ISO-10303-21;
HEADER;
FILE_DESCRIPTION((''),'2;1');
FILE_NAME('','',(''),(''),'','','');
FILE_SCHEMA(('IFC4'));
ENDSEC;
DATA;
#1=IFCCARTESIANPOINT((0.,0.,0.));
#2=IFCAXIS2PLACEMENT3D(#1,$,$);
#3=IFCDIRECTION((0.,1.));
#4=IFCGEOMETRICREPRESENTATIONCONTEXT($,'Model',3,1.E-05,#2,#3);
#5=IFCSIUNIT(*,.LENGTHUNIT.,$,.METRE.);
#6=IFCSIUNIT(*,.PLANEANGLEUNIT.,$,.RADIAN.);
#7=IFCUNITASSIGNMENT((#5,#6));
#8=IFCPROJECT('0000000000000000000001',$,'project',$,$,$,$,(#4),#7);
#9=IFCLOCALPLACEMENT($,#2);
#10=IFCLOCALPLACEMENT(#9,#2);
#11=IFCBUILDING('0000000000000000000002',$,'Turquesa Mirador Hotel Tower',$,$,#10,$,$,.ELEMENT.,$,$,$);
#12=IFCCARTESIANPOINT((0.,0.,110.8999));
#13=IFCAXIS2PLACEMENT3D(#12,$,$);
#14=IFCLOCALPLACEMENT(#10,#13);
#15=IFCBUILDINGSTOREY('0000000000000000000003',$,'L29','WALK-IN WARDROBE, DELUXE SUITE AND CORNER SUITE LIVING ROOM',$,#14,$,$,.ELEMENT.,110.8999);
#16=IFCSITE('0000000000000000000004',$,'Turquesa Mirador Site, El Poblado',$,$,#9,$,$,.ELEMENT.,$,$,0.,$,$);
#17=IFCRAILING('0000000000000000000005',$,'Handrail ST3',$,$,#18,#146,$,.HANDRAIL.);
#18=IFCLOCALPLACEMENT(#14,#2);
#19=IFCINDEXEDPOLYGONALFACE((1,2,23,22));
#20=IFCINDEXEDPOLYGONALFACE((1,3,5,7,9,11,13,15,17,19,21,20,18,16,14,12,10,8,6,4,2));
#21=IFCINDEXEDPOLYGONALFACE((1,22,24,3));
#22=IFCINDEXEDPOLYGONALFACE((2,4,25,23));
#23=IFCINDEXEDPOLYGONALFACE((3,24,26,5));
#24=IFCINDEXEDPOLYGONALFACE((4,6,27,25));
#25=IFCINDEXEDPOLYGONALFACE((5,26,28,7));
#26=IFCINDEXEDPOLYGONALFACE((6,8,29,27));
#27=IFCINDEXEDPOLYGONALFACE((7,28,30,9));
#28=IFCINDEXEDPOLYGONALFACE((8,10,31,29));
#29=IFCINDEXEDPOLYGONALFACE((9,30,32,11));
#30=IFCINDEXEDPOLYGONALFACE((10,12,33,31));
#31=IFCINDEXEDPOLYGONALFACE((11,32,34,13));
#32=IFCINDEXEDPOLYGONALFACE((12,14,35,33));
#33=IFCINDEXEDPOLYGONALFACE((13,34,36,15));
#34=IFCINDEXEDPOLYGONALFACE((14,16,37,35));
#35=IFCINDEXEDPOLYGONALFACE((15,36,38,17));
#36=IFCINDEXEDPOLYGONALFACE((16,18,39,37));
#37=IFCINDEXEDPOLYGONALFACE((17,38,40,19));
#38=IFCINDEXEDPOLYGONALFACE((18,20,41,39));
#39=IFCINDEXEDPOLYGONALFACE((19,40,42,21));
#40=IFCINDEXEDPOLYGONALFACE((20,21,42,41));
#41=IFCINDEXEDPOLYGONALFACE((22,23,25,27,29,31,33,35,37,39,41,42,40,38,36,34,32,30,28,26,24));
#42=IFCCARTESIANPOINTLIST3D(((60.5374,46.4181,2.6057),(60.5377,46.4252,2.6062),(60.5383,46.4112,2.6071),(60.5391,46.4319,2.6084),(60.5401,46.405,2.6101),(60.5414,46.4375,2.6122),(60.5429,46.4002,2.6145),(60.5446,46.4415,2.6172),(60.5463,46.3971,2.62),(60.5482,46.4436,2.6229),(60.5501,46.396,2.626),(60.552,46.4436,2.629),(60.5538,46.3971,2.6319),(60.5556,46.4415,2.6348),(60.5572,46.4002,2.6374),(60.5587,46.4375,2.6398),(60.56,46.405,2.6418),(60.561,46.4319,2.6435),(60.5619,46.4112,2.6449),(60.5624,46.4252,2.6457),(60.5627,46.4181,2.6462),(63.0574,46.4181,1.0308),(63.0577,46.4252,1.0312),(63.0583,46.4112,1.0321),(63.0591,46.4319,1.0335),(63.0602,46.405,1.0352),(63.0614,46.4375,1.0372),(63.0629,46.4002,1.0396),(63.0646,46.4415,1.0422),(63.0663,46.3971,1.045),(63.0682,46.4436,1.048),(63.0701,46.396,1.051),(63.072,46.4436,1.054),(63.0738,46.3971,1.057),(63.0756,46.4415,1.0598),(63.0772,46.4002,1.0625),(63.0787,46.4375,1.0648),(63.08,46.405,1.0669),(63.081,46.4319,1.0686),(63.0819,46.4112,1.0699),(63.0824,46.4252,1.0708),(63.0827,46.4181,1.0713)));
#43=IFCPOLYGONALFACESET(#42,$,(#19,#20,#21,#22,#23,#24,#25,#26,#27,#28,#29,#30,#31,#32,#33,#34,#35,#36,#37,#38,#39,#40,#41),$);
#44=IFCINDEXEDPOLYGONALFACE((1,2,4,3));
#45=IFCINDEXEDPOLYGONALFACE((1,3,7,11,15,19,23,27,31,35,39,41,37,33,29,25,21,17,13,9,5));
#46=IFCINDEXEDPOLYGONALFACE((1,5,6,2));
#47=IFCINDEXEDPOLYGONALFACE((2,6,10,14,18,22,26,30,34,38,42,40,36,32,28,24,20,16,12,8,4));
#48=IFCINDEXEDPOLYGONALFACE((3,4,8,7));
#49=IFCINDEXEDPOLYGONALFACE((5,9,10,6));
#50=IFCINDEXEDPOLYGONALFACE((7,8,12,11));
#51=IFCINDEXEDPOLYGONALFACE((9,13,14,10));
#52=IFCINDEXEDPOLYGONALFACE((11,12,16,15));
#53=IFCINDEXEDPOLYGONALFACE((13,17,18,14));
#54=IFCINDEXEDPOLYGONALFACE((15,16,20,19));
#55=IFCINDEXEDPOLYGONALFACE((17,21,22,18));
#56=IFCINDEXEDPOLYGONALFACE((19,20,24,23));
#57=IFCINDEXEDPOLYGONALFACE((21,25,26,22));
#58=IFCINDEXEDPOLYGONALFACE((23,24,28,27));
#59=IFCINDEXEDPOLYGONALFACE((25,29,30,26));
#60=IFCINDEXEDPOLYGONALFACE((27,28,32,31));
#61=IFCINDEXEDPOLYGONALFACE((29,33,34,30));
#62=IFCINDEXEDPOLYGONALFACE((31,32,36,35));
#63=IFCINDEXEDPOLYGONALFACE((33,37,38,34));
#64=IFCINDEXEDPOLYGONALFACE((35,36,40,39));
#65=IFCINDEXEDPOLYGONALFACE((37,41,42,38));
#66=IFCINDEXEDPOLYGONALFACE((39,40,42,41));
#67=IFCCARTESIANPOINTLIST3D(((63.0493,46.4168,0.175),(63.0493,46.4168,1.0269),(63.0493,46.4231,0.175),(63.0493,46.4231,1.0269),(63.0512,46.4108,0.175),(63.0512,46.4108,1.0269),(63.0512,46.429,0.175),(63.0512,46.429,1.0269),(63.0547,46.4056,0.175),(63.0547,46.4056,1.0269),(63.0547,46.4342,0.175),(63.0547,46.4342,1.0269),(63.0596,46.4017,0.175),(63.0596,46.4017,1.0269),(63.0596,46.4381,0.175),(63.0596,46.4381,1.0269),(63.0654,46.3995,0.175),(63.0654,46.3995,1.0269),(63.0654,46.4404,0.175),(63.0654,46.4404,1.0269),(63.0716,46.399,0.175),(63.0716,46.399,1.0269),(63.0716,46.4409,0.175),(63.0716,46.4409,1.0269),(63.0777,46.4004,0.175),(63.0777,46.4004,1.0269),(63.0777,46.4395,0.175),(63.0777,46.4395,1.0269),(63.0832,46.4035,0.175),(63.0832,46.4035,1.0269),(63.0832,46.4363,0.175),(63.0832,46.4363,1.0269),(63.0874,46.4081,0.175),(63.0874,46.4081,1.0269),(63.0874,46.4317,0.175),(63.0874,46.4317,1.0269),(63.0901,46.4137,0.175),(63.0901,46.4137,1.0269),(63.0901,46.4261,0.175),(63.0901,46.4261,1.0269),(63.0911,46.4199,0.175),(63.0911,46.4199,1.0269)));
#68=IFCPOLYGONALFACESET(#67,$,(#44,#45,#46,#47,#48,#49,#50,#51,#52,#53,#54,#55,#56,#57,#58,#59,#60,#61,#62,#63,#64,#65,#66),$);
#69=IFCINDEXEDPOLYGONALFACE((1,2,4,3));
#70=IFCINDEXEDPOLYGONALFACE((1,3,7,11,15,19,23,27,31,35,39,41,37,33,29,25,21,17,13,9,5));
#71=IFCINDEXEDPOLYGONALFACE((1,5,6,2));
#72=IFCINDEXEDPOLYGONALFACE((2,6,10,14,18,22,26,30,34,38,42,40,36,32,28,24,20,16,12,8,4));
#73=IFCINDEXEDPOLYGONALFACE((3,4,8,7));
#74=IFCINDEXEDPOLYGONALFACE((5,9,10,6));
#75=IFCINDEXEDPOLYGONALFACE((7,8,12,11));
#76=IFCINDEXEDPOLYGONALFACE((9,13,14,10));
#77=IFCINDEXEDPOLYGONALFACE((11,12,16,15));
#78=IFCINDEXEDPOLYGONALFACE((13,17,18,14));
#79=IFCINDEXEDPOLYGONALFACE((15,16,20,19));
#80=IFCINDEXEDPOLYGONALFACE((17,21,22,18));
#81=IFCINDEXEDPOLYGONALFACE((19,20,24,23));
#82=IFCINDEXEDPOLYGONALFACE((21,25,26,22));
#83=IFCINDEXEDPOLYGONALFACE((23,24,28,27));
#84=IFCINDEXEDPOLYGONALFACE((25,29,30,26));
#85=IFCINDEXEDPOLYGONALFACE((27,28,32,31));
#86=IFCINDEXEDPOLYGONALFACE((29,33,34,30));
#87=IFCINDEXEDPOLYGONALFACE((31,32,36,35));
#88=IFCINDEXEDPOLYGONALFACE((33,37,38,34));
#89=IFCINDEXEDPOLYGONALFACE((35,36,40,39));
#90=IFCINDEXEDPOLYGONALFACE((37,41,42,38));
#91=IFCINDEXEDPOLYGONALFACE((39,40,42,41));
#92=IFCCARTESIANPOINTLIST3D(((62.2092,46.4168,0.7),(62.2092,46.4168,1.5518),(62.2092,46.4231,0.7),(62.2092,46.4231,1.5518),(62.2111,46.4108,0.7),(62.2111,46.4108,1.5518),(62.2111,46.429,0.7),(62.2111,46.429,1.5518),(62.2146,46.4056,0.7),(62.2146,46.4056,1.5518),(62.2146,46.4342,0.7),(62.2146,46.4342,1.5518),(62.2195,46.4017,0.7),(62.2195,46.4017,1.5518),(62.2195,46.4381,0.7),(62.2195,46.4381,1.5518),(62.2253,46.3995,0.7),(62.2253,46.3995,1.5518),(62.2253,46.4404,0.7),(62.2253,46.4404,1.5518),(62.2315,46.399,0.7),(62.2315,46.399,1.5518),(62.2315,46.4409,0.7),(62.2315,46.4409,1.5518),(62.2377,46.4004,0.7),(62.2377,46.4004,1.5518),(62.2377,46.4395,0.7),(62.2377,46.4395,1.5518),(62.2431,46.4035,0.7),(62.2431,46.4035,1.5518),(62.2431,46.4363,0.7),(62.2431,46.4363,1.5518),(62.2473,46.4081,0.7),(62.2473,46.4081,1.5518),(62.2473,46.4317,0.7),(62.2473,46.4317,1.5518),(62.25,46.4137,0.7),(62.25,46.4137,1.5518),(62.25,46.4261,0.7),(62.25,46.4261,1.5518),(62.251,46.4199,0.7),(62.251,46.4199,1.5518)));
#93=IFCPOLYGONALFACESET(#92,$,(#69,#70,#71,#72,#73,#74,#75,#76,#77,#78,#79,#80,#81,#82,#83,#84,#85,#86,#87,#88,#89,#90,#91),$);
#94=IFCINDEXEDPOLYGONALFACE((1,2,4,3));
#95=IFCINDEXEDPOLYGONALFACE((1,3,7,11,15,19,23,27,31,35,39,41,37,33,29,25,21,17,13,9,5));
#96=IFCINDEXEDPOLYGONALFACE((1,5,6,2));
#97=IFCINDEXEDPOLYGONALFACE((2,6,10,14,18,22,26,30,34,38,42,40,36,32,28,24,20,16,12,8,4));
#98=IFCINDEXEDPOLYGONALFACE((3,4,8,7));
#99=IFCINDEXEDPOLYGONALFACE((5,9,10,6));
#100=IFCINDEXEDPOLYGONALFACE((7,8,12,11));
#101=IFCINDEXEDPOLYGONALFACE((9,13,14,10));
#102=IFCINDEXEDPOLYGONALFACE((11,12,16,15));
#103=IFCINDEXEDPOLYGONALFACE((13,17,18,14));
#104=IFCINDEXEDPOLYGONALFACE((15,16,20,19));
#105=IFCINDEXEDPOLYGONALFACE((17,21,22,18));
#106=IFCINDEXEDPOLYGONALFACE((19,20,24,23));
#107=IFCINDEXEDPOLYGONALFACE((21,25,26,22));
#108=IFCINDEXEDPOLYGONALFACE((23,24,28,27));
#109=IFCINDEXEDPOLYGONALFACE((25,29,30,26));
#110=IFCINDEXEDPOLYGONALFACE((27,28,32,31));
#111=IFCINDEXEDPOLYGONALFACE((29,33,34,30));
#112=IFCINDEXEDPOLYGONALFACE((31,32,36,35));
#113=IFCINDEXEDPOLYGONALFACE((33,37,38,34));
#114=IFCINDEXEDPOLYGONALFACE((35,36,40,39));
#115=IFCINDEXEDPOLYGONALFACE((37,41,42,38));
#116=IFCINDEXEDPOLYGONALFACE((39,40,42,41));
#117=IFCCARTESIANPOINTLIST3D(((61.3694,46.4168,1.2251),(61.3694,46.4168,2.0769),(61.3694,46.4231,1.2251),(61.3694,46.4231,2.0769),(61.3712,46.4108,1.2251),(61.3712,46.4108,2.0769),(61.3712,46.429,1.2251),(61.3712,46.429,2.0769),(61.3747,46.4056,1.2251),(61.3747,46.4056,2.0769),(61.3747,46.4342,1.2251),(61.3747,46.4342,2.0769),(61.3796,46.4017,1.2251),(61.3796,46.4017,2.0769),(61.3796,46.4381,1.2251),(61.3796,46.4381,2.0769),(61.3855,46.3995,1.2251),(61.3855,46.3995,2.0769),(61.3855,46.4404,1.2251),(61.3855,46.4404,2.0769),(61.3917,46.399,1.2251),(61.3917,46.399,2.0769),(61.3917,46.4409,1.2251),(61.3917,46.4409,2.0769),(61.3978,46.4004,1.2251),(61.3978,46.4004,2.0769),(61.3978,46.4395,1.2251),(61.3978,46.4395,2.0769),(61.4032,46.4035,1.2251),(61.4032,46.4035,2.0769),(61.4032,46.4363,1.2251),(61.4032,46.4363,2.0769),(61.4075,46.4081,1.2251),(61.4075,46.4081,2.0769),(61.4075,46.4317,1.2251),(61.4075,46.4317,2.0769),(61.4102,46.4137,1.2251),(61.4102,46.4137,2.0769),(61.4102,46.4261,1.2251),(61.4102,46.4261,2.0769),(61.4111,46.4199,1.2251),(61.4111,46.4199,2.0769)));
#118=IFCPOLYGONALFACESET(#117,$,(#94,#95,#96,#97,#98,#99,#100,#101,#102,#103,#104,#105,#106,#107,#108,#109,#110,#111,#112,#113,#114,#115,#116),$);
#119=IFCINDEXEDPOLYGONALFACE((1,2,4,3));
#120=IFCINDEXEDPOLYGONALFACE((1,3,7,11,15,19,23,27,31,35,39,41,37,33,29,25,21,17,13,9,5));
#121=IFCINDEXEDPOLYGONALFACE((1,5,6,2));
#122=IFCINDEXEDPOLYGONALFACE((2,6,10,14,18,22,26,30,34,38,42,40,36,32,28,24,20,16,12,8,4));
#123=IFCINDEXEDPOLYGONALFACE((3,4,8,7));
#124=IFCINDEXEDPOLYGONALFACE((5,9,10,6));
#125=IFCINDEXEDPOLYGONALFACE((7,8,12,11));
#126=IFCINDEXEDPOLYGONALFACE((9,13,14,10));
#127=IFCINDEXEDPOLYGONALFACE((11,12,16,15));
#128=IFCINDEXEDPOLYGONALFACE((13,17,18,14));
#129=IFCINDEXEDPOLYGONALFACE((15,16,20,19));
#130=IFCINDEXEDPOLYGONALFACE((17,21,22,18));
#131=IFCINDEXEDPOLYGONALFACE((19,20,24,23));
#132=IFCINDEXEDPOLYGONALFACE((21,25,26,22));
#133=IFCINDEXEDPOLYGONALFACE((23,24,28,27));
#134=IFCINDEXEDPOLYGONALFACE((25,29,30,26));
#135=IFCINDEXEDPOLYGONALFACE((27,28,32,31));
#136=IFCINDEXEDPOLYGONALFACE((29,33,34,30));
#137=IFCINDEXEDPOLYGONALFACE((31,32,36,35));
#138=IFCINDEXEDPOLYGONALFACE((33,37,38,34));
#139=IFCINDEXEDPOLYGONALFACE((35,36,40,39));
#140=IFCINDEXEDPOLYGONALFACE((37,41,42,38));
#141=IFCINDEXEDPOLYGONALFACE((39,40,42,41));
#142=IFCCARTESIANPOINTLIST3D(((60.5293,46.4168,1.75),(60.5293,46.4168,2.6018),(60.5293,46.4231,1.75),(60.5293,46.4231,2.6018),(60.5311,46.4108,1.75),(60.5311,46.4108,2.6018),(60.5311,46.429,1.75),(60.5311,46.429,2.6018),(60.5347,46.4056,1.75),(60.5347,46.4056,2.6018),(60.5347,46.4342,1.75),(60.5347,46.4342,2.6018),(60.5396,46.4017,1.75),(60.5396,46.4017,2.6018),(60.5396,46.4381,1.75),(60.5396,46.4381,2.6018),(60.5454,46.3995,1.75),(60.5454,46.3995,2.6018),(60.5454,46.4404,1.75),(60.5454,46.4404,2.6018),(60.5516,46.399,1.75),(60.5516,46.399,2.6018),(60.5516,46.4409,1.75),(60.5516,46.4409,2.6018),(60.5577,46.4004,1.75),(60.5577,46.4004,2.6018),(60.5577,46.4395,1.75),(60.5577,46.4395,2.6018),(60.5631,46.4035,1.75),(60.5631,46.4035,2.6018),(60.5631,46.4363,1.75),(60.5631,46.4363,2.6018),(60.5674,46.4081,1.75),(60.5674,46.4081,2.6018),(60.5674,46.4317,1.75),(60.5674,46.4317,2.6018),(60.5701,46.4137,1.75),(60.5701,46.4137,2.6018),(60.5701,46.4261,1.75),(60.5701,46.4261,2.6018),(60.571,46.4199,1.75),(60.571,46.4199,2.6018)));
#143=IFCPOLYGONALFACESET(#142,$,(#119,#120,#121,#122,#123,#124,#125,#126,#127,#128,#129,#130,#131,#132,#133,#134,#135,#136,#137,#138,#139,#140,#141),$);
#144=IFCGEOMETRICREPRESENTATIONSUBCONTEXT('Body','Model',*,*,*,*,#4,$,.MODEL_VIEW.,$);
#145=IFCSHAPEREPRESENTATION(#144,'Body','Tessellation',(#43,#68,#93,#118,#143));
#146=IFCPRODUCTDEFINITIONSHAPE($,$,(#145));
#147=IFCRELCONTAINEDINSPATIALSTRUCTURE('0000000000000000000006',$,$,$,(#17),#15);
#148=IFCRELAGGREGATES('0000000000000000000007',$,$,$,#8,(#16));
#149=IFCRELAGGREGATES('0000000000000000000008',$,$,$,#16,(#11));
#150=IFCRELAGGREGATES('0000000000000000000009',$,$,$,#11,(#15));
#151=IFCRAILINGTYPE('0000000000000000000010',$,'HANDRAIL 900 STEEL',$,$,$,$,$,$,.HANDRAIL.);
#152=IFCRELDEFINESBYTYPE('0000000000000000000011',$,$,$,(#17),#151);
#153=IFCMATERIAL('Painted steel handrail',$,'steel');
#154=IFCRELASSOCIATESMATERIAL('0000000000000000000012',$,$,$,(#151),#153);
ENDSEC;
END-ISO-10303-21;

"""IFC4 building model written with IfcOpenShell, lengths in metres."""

from ifc_helpers import new_model, si_unit, direction, frame, origin, origin_2d, place, context, subcontext, project, spatial, circle, extrude, material, type_object, element, save


model = new_model("IFC4")

# Units and contexts
model_context = context("Model", 3, precision=1e-05, world=origin(), true_north=direction((0.0, 1.0)))
body_context = subcontext(model_context, "Body", "Model", "MODEL_VIEW")
ifc_project = project(units=[si_unit("LENGTHUNIT", "METRE"), si_unit("PLANEANGLEUNIT", "RADIAN")], contexts=[model_context])

# Site, building, storey
site_placement = place(None, origin())
site = spatial("IfcSite", under=ifc_project, at=site_placement, Name="Turquesa Mirador Site, El Poblado", CompositionType="ELEMENT", RefElevation=0.0)
building_placement = place(site_placement, origin())
building = spatial("IfcBuilding", under=site, at=building_placement, Name="Turquesa Mirador Hotel Tower", CompositionType="ELEMENT")
storey_placement = place(building_placement, frame((0.0, 0.0, 110.8999)))
storey = spatial("IfcBuildingStorey", under=building, at=storey_placement, Name="L29", Description="WALK-IN WARDROBE, DELUXE SUITE AND CORNER SUITE LIVING ROOM", CompositionType="ELEMENT", Elevation=110.8999)

# Railing
ifc_material_1 = material(Name="Painted steel handrail", Category="steel")
railing_type = type_object("IfcRailingType", Name="HANDRAIL 900 STEEL", PredefinedType="HANDRAIL", material=ifc_material_1)
railing_1_placement = place(storey_placement, frame((63.0701, 46.4199, 0.175)))
element("IfcRailing", 1, at=railing_1_placement, inside=storey, type_object=railing_type, Name="Handrail ST3", PredefinedType="HANDRAIL", context=body_context, shape_type="SweptSolid", body=[
    extrude(circle(Radius=0.0239, at=origin_2d()), frame((0.0, 0.0, 0.876), z_axis=(-0.848008, 0.0, 0.529984), x_axis=(0.0, -1.0, 0.0)), (0.0, 0.0, 1.0), 2.9717),
    extrude(circle(Radius=0.021, at=origin_2d()), origin(), (0.0, 0.0, 1.0), 0.8518),
    extrude(circle(Radius=0.021, at=origin_2d()), frame((-0.8401, 0.0, 0.5249)), (0.0, 0.0, 1.0), 0.8518),
    extrude(circle(Radius=0.021, at=origin_2d()), frame((-1.6799, 0.0, 1.05)), (0.0, 0.0, 1.0), 0.8518),
    extrude(circle(Radius=0.021, at=origin_2d()), frame((-2.52, 0.0, 1.575)), (0.0, 0.0, 1.0), 0.8518),
])

save(model, "model.ifc")
